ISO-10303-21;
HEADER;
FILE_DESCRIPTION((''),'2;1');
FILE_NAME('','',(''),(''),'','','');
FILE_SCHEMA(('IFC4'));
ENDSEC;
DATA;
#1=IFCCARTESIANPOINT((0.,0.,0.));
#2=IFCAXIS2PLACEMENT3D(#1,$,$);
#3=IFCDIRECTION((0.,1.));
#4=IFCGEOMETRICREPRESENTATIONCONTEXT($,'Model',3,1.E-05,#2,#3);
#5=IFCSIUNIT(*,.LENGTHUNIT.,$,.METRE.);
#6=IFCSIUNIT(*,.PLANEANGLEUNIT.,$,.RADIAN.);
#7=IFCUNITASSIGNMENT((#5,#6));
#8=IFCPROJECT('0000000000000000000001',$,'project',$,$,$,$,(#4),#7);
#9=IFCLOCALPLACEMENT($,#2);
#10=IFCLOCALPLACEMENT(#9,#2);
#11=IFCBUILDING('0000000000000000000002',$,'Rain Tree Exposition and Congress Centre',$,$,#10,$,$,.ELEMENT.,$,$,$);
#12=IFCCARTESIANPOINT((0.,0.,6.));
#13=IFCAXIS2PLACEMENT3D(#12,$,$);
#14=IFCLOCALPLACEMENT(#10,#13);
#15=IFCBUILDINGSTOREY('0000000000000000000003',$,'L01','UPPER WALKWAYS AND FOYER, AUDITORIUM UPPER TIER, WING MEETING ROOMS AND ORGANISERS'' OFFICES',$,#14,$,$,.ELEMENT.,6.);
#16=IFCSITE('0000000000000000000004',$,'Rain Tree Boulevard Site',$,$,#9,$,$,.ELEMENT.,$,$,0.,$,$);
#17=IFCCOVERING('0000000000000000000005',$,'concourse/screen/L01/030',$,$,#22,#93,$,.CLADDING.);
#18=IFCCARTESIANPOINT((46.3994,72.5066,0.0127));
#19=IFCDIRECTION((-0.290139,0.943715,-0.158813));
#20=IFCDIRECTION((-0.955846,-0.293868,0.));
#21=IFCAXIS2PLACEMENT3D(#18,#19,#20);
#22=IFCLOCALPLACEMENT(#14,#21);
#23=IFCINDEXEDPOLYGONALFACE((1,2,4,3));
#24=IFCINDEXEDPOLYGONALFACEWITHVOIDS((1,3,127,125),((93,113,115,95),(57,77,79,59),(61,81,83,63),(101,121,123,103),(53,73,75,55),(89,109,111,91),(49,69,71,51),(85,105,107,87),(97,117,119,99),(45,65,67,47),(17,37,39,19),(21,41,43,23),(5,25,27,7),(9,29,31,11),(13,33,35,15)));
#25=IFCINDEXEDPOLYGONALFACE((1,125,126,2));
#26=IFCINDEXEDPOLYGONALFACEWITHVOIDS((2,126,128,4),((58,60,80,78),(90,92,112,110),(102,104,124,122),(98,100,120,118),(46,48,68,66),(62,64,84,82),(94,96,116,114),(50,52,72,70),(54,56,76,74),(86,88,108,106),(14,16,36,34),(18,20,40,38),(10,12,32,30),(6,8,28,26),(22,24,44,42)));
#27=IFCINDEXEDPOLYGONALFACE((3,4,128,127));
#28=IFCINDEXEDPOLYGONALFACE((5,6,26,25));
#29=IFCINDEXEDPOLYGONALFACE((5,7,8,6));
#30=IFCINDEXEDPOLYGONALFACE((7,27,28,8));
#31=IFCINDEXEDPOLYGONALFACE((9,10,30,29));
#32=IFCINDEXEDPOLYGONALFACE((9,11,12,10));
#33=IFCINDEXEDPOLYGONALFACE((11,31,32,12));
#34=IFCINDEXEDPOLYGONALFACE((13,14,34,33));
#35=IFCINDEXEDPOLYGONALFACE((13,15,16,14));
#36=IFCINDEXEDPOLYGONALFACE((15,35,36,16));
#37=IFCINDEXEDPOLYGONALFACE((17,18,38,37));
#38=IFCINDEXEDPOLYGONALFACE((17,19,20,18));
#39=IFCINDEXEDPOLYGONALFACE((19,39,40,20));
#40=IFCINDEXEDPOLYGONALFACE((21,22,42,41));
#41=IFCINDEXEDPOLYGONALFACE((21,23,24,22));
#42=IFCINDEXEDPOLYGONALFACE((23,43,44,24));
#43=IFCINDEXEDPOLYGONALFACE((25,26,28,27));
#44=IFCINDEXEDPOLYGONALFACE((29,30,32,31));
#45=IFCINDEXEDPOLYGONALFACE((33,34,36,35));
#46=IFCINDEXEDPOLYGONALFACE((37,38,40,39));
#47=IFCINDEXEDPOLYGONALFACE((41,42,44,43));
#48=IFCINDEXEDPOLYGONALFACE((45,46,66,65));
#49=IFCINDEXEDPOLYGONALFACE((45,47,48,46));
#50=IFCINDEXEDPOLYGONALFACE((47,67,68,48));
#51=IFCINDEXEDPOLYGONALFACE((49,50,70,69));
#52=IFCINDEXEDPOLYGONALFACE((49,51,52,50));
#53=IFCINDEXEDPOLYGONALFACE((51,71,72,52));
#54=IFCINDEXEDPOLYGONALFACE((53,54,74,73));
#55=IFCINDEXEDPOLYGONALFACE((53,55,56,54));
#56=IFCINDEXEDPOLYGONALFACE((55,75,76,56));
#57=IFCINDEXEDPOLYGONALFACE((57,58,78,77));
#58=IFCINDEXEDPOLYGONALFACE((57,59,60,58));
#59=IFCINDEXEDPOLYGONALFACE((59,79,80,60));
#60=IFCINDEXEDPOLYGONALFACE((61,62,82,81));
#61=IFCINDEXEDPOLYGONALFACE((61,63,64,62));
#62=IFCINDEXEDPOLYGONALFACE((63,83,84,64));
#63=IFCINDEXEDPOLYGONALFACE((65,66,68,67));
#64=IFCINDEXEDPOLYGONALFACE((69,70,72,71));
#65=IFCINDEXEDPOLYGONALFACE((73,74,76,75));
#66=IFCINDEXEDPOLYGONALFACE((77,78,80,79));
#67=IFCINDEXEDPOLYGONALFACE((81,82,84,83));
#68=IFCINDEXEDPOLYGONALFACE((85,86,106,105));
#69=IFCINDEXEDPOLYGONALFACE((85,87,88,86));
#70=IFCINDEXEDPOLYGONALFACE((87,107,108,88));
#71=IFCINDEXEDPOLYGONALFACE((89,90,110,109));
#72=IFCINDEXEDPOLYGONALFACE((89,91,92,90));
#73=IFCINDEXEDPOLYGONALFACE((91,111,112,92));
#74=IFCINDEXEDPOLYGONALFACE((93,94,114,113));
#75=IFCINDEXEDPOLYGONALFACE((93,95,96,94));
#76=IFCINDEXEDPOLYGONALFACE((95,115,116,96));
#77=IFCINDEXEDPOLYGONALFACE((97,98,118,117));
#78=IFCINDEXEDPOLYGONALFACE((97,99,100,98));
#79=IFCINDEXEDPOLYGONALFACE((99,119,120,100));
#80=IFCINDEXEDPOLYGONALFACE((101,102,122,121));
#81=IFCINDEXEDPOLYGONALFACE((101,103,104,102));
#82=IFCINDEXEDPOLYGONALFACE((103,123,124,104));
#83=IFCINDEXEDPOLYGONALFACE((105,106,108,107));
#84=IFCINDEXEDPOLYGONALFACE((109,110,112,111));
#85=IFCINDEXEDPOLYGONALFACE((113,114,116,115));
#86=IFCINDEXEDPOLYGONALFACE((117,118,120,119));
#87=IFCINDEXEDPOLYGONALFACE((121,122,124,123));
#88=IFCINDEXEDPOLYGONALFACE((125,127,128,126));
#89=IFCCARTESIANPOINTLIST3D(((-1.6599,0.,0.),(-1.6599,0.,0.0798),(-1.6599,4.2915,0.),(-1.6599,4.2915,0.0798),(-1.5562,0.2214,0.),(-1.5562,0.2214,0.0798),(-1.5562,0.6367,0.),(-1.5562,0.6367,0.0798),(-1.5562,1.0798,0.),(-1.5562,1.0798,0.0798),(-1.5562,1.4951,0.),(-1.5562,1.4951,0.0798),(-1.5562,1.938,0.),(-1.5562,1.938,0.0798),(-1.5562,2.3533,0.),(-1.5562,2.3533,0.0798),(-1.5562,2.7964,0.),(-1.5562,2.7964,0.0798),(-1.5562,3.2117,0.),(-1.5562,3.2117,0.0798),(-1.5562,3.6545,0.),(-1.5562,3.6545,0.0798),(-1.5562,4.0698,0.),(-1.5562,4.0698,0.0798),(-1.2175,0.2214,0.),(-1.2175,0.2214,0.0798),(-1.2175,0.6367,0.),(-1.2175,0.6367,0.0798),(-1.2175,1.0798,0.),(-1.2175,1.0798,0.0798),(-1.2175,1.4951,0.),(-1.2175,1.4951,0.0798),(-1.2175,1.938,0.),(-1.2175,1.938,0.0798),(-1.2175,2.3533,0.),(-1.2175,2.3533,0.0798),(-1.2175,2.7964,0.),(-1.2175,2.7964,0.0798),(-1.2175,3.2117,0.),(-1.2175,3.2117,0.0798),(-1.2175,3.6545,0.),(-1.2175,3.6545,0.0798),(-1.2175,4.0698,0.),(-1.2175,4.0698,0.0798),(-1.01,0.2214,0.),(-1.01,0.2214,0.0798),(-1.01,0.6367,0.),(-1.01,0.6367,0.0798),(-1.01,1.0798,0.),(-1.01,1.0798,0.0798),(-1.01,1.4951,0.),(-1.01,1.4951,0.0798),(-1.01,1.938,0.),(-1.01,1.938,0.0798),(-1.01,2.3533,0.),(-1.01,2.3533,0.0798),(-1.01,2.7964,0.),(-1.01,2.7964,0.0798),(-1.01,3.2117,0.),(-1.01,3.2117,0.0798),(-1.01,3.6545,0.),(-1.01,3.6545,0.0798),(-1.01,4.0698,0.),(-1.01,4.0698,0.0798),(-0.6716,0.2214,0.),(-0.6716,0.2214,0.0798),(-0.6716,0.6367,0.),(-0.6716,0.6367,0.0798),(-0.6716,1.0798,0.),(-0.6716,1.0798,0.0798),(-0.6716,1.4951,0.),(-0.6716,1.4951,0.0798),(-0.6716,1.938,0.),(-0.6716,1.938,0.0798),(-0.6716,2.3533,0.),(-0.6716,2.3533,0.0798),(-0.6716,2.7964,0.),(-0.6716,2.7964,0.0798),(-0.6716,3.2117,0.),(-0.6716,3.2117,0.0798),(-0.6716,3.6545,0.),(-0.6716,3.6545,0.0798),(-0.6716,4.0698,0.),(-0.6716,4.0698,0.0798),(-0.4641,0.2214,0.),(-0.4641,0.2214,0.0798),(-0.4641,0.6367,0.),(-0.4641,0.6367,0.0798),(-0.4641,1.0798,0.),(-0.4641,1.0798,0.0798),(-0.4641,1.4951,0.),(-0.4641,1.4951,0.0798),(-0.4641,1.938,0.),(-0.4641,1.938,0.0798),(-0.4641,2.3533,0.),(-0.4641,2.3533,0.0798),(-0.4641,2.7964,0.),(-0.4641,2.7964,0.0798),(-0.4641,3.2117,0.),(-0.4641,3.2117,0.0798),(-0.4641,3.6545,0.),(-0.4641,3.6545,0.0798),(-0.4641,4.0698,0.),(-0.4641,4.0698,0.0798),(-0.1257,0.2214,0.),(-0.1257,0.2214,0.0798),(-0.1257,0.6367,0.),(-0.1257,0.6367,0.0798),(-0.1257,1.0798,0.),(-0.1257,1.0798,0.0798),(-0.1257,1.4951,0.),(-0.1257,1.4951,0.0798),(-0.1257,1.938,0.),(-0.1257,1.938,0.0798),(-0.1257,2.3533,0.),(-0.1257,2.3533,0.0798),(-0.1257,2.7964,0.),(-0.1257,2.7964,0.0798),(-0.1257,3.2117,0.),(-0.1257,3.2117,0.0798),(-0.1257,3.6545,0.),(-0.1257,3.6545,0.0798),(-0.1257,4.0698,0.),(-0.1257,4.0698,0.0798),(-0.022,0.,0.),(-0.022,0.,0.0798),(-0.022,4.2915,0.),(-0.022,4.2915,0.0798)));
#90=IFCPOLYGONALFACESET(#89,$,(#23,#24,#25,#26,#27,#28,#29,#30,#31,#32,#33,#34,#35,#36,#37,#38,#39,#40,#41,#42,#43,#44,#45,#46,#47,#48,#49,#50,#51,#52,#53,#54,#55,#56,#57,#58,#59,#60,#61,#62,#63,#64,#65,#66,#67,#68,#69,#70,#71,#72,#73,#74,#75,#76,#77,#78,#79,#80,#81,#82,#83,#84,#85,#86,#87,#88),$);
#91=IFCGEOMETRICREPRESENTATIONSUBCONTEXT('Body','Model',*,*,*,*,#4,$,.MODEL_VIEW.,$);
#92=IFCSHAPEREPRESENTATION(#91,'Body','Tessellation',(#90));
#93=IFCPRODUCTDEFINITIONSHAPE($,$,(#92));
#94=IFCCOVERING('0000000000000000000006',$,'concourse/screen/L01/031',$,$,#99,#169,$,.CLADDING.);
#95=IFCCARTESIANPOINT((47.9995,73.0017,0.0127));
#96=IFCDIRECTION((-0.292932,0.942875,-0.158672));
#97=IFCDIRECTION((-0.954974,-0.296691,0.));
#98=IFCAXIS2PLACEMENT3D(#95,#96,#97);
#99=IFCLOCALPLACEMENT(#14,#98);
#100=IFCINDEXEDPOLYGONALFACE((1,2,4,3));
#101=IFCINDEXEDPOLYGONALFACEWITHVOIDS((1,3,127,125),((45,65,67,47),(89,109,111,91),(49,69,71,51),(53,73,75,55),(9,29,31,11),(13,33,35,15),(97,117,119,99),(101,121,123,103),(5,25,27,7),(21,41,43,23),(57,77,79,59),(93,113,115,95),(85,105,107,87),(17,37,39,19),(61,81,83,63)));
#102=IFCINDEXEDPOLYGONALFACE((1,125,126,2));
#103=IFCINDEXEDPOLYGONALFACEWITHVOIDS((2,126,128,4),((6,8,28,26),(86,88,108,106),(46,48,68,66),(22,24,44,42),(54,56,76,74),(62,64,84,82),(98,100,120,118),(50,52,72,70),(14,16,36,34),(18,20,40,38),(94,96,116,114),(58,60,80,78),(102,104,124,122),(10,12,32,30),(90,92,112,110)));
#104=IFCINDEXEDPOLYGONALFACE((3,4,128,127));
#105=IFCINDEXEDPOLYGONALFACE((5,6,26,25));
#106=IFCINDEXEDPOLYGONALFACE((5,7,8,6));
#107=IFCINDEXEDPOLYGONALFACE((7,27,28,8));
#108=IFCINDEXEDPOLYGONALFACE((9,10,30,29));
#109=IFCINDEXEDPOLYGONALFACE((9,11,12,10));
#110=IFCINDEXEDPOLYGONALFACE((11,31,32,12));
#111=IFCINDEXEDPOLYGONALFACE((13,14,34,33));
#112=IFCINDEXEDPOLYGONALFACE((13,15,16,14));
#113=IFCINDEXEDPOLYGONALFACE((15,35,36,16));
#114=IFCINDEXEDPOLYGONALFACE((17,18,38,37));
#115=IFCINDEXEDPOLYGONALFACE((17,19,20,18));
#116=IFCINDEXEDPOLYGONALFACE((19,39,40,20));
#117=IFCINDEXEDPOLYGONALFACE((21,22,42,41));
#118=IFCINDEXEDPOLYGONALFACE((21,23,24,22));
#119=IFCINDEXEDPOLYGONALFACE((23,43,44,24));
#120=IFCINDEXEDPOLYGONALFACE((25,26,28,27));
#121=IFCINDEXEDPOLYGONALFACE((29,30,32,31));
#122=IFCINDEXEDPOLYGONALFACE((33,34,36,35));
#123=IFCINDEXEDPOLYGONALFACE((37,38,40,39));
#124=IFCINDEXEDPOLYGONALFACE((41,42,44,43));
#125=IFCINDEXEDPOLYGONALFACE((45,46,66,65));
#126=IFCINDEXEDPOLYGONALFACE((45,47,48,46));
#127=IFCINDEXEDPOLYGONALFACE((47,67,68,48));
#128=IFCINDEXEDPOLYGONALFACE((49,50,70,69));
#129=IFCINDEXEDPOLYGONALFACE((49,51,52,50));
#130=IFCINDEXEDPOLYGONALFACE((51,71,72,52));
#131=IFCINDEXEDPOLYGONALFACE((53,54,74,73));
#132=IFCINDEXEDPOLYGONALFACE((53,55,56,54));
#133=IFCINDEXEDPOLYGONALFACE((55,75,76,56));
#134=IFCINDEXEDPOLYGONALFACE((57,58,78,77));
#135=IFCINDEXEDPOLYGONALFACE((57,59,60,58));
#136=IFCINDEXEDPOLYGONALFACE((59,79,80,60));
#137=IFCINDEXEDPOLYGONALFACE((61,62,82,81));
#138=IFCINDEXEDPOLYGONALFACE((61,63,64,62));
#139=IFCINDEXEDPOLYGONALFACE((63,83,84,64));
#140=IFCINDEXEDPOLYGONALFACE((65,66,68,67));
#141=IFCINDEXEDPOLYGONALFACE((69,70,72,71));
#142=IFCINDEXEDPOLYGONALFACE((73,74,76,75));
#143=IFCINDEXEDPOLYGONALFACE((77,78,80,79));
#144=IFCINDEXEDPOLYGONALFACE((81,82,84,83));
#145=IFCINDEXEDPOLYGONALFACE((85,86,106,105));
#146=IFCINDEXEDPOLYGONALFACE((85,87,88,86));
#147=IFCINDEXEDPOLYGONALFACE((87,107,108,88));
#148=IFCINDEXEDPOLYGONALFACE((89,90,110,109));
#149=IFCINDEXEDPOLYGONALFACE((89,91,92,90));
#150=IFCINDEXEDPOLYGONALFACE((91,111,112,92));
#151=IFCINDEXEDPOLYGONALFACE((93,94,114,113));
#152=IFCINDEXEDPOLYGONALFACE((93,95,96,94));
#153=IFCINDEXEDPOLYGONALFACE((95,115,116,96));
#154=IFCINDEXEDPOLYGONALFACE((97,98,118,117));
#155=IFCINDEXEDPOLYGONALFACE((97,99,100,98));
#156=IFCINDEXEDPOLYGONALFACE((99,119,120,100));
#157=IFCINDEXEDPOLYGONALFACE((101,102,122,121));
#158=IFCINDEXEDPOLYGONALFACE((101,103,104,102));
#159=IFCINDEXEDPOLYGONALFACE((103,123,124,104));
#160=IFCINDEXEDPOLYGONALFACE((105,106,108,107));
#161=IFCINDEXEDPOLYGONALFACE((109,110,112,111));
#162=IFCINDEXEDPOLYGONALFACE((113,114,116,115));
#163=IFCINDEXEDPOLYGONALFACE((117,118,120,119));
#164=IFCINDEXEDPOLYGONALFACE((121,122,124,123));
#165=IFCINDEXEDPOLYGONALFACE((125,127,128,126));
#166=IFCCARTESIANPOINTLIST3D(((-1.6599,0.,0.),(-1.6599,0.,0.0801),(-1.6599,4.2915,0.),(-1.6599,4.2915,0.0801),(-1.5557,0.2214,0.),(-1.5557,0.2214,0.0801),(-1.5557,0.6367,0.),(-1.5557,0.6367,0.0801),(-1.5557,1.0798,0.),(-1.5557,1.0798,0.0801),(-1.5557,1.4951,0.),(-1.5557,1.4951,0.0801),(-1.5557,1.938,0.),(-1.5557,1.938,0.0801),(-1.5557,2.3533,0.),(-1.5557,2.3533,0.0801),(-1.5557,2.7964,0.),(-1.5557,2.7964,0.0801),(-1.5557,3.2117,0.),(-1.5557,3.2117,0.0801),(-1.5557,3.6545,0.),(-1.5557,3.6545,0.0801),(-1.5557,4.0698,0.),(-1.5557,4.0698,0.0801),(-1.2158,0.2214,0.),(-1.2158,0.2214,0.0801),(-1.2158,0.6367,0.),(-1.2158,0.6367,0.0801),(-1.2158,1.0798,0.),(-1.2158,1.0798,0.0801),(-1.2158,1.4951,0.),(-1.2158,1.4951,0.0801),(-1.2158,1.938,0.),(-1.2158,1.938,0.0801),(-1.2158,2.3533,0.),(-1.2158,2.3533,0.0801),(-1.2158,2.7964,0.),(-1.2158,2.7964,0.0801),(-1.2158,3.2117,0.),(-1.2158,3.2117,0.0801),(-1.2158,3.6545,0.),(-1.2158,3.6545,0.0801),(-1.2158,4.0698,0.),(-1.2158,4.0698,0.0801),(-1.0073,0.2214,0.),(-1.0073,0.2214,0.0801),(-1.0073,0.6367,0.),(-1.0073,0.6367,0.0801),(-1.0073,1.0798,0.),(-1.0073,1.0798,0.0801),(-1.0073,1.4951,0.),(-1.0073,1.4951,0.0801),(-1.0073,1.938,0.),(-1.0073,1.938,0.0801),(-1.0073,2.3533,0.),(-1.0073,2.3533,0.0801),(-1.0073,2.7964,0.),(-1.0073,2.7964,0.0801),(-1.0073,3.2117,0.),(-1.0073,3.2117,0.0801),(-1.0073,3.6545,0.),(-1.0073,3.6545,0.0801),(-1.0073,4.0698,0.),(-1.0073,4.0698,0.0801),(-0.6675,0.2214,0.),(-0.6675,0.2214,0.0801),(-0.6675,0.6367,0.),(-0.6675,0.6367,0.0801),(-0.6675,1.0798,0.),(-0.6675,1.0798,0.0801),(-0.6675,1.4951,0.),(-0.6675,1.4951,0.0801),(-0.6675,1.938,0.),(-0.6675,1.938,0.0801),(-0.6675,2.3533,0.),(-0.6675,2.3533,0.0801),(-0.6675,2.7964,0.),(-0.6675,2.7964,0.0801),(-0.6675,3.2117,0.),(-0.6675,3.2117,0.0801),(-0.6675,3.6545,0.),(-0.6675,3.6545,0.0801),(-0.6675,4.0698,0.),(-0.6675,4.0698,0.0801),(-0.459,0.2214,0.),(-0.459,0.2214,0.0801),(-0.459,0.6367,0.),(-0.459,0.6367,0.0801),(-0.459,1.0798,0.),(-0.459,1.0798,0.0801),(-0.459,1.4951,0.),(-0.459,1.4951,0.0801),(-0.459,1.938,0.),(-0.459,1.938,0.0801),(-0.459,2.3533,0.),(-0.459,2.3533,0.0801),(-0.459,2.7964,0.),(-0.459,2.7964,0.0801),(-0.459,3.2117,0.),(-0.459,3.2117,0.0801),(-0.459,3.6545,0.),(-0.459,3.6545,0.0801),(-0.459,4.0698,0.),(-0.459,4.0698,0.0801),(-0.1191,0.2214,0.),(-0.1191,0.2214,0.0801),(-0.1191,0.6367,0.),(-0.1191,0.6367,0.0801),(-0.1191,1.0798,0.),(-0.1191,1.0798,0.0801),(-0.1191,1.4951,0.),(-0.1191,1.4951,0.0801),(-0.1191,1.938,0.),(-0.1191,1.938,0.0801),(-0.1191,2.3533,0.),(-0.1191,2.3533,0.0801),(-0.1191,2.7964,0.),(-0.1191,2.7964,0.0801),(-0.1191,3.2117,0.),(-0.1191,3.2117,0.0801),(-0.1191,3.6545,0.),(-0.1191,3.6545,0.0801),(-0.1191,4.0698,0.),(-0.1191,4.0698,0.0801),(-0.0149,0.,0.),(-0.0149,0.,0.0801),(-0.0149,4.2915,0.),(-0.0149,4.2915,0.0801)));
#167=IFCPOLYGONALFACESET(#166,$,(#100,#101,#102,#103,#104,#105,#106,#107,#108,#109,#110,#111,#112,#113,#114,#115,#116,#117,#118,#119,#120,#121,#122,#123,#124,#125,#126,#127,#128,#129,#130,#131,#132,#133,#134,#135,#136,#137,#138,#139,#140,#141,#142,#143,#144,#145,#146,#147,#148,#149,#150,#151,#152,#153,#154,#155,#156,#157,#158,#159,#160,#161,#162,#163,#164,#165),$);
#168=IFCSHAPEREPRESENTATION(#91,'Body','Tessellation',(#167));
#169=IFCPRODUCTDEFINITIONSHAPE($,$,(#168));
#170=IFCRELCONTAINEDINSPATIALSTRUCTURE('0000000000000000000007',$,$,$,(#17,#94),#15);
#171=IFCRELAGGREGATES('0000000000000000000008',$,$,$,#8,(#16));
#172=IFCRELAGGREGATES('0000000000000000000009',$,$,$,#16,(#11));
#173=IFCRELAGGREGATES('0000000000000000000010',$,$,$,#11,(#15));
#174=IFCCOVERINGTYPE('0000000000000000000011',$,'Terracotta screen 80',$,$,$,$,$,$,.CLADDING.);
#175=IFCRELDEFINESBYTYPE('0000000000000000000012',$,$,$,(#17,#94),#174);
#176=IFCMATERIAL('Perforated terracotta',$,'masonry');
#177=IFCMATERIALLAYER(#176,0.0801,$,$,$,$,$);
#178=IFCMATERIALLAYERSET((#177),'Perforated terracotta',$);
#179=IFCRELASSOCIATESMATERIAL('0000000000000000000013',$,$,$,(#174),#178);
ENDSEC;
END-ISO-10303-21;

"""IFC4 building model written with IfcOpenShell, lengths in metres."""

from ifc_helpers import new_model, si_unit, direction, frame, origin, place, context, subcontext, project, spatial, polyline, outline, extrude, material, layer, layer_set, type_object, element, save


model = new_model("IFC4")

# Units and contexts
model_context = context("Model", 3, precision=1e-05, world=origin(), true_north=direction((0.0, 1.0)))
body_context = subcontext(model_context, "Body", "Model", "MODEL_VIEW")
ifc_project = project(units=[si_unit("LENGTHUNIT", "METRE"), si_unit("PLANEANGLEUNIT", "RADIAN")], contexts=[model_context])

# Site, building, storey
site_placement = place(None, origin())
site = spatial("IfcSite", under=ifc_project, at=site_placement, Name="Rain Tree Boulevard Site", CompositionType="ELEMENT", RefElevation=0.0)
building_placement = place(site_placement, origin())
building = spatial("IfcBuilding", under=site, at=building_placement, Name="Rain Tree Exposition and Congress Centre", CompositionType="ELEMENT")
storey_placement = place(building_placement, frame((0.0, 0.0, 6.0)))
storey = spatial("IfcBuildingStorey", under=building, at=storey_placement, Name="L01", Description="UPPER WALKWAYS AND FOYER, AUDITORIUM UPPER TIER, WING MEETING ROOMS AND ORGANISERS' OFFICES", CompositionType="ELEMENT", Elevation=6.0)

# Coverings
ifc_material_1 = material(Name="Perforated terracotta", Category="masonry")
ifc_layer = layer(ifc_material_1, 0.0801)
ifc_layer_set = layer_set([ifc_layer], Name="Perforated terracotta")
covering_type = type_object("IfcCoveringType", Name="Terracotta screen 80", PredefinedType="CLADDING", material=ifc_layer_set)
covering_1_placement = place(storey_placement, frame((46.3994, 72.5066, 0.0127), z_axis=(-0.290139, 0.943715, -0.158813), x_axis=(-0.955846, -0.293868, 0.0)))
element("IfcCovering", 1, at=covering_1_placement, inside=storey, type_object=covering_type, Name="concourse/screen/L01/030", PredefinedType="CLADDING", context=body_context, shape_type="SweptSolid", body=[
    extrude(outline(polyline([(-1.6599, 0.0), (-1.6599, 4.2915), (-0.022, 4.2915), (-0.022, 0.0), (-1.6599, 0.0)]), holes=[polyline([(-0.1257, 0.2214), (-0.1257, 0.6367), (-0.4641, 0.6367), (-0.4641, 0.2214), (-0.1257, 0.2214)]), polyline([(-0.1257, 1.0798), (-0.1257, 1.4951), (-0.4641, 1.4951), (-0.4641, 1.0798), (-0.1257, 1.0798)]), polyline([(-0.1257, 1.938), (-0.1257, 2.3533), (-0.4641, 2.3533), (-0.4641, 1.938), (-0.1257, 1.938)]), polyline([(-0.1257, 2.7964), (-0.1257, 3.2117), (-0.4641, 3.2117), (-0.4641, 2.7964), (-0.1257, 2.7964)]), polyline([(-0.1257, 3.6545), (-0.1257, 4.0698), (-0.4641, 4.0698), (-0.4641, 3.6545), (-0.1257, 3.6545)]), polyline([(-0.6716, 0.2214), (-0.6716, 0.6367), (-1.01, 0.6367), (-1.01, 0.2214), (-0.6716, 0.2214)]), polyline([(-0.6716, 1.0798), (-0.6716, 1.4951), (-1.01, 1.4951), (-1.01, 1.0798), (-0.6716, 1.0798)]), polyline([(-0.6716, 1.938), (-0.6716, 2.3533), (-1.01, 2.3533), (-1.01, 1.938), (-0.6716, 1.938)]), polyline([(-0.6716, 2.7964), (-0.6716, 3.2117), (-1.01, 3.2117), (-1.01, 2.7964), (-0.6716, 2.7964)]), polyline([(-0.6716, 3.6545), (-0.6716, 4.0698), (-1.01, 4.0698), (-1.01, 3.6545), (-0.6716, 3.6545)]), polyline([(-1.2175, 0.2214), (-1.2175, 0.6367), (-1.5562, 0.6367), (-1.5562, 0.2214), (-1.2175, 0.2214)]), polyline([(-1.2175, 1.0798), (-1.2175, 1.4951), (-1.5562, 1.4951), (-1.5562, 1.0798), (-1.2175, 1.0798)]), polyline([(-1.2175, 1.938), (-1.2175, 2.3533), (-1.5562, 2.3533), (-1.5562, 1.938), (-1.2175, 1.938)]), polyline([(-1.2175, 2.7964), (-1.2175, 3.2117), (-1.5562, 3.2117), (-1.5562, 2.7964), (-1.2175, 2.7964)]), polyline([(-1.2175, 3.6545), (-1.2175, 4.0698), (-1.5562, 4.0698), (-1.5562, 3.6545), (-1.2175, 3.6545)])]), origin(), (0.0, 0.0, 1.0), 0.0798),
])
covering_2_placement = place(storey_placement, frame((47.9995, 73.0017, 0.0127), z_axis=(-0.292932, 0.942875, -0.158672), x_axis=(-0.954974, -0.296691, 0.0)))
element("IfcCovering", 2, at=covering_2_placement, inside=storey, type_object=covering_type, Name="concourse/screen/L01/031", PredefinedType="CLADDING", context=body_context, shape_type="SweptSolid", body=[
    extrude(outline(polyline([(-1.6599, 0.0), (-1.6599, 4.2915), (-0.0149, 4.2915), (-0.0149, 0.0), (-1.6599, 0.0)]), holes=[polyline([(-0.1191, 0.2214), (-0.1191, 0.6367), (-0.459, 0.6367), (-0.459, 0.2214), (-0.1191, 0.2214)]), polyline([(-0.1191, 1.0798), (-0.1191, 1.4951), (-0.459, 1.4951), (-0.459, 1.0798), (-0.1191, 1.0798)]), polyline([(-0.1191, 1.938), (-0.1191, 2.3533), (-0.459, 2.3533), (-0.459, 1.938), (-0.1191, 1.938)]), polyline([(-0.1191, 2.7964), (-0.1191, 3.2117), (-0.459, 3.2117), (-0.459, 2.7964), (-0.1191, 2.7964)]), polyline([(-0.1191, 3.6545), (-0.1191, 4.0698), (-0.459, 4.0698), (-0.459, 3.6545), (-0.1191, 3.6545)]), polyline([(-0.6675, 0.2214), (-0.6675, 0.6367), (-1.0073, 0.6367), (-1.0073, 0.2214), (-0.6675, 0.2214)]), polyline([(-0.6675, 1.0798), (-0.6675, 1.4951), (-1.0073, 1.4951), (-1.0073, 1.0798), (-0.6675, 1.0798)]), polyline([(-0.6675, 1.938), (-0.6675, 2.3533), (-1.0073, 2.3533), (-1.0073, 1.938), (-0.6675, 1.938)]), polyline([(-0.6675, 2.7964), (-0.6675, 3.2117), (-1.0073, 3.2117), (-1.0073, 2.7964), (-0.6675, 2.7964)]), polyline([(-0.6675, 3.6545), (-0.6675, 4.0698), (-1.0073, 4.0698), (-1.0073, 3.6545), (-0.6675, 3.6545)]), polyline([(-1.2158, 0.2214), (-1.2158, 0.6367), (-1.5557, 0.6367), (-1.5557, 0.2214), (-1.2158, 0.2214)]), polyline([(-1.2158, 1.0798), (-1.2158, 1.4951), (-1.5557, 1.4951), (-1.5557, 1.0798), (-1.2158, 1.0798)]), polyline([(-1.2158, 1.938), (-1.2158, 2.3533), (-1.5557, 2.3533), (-1.5557, 1.938), (-1.2158, 1.938)]), polyline([(-1.2158, 2.7964), (-1.2158, 3.2117), (-1.5557, 3.2117), (-1.5557, 2.7964), (-1.2158, 2.7964)]), polyline([(-1.2158, 3.6545), (-1.2158, 4.0698), (-1.5557, 4.0698), (-1.5557, 3.6545), (-1.2158, 3.6545)])]), origin(), (0.0, 0.0, 1.0), 0.0801),
])

save(model, "model.ifc")
